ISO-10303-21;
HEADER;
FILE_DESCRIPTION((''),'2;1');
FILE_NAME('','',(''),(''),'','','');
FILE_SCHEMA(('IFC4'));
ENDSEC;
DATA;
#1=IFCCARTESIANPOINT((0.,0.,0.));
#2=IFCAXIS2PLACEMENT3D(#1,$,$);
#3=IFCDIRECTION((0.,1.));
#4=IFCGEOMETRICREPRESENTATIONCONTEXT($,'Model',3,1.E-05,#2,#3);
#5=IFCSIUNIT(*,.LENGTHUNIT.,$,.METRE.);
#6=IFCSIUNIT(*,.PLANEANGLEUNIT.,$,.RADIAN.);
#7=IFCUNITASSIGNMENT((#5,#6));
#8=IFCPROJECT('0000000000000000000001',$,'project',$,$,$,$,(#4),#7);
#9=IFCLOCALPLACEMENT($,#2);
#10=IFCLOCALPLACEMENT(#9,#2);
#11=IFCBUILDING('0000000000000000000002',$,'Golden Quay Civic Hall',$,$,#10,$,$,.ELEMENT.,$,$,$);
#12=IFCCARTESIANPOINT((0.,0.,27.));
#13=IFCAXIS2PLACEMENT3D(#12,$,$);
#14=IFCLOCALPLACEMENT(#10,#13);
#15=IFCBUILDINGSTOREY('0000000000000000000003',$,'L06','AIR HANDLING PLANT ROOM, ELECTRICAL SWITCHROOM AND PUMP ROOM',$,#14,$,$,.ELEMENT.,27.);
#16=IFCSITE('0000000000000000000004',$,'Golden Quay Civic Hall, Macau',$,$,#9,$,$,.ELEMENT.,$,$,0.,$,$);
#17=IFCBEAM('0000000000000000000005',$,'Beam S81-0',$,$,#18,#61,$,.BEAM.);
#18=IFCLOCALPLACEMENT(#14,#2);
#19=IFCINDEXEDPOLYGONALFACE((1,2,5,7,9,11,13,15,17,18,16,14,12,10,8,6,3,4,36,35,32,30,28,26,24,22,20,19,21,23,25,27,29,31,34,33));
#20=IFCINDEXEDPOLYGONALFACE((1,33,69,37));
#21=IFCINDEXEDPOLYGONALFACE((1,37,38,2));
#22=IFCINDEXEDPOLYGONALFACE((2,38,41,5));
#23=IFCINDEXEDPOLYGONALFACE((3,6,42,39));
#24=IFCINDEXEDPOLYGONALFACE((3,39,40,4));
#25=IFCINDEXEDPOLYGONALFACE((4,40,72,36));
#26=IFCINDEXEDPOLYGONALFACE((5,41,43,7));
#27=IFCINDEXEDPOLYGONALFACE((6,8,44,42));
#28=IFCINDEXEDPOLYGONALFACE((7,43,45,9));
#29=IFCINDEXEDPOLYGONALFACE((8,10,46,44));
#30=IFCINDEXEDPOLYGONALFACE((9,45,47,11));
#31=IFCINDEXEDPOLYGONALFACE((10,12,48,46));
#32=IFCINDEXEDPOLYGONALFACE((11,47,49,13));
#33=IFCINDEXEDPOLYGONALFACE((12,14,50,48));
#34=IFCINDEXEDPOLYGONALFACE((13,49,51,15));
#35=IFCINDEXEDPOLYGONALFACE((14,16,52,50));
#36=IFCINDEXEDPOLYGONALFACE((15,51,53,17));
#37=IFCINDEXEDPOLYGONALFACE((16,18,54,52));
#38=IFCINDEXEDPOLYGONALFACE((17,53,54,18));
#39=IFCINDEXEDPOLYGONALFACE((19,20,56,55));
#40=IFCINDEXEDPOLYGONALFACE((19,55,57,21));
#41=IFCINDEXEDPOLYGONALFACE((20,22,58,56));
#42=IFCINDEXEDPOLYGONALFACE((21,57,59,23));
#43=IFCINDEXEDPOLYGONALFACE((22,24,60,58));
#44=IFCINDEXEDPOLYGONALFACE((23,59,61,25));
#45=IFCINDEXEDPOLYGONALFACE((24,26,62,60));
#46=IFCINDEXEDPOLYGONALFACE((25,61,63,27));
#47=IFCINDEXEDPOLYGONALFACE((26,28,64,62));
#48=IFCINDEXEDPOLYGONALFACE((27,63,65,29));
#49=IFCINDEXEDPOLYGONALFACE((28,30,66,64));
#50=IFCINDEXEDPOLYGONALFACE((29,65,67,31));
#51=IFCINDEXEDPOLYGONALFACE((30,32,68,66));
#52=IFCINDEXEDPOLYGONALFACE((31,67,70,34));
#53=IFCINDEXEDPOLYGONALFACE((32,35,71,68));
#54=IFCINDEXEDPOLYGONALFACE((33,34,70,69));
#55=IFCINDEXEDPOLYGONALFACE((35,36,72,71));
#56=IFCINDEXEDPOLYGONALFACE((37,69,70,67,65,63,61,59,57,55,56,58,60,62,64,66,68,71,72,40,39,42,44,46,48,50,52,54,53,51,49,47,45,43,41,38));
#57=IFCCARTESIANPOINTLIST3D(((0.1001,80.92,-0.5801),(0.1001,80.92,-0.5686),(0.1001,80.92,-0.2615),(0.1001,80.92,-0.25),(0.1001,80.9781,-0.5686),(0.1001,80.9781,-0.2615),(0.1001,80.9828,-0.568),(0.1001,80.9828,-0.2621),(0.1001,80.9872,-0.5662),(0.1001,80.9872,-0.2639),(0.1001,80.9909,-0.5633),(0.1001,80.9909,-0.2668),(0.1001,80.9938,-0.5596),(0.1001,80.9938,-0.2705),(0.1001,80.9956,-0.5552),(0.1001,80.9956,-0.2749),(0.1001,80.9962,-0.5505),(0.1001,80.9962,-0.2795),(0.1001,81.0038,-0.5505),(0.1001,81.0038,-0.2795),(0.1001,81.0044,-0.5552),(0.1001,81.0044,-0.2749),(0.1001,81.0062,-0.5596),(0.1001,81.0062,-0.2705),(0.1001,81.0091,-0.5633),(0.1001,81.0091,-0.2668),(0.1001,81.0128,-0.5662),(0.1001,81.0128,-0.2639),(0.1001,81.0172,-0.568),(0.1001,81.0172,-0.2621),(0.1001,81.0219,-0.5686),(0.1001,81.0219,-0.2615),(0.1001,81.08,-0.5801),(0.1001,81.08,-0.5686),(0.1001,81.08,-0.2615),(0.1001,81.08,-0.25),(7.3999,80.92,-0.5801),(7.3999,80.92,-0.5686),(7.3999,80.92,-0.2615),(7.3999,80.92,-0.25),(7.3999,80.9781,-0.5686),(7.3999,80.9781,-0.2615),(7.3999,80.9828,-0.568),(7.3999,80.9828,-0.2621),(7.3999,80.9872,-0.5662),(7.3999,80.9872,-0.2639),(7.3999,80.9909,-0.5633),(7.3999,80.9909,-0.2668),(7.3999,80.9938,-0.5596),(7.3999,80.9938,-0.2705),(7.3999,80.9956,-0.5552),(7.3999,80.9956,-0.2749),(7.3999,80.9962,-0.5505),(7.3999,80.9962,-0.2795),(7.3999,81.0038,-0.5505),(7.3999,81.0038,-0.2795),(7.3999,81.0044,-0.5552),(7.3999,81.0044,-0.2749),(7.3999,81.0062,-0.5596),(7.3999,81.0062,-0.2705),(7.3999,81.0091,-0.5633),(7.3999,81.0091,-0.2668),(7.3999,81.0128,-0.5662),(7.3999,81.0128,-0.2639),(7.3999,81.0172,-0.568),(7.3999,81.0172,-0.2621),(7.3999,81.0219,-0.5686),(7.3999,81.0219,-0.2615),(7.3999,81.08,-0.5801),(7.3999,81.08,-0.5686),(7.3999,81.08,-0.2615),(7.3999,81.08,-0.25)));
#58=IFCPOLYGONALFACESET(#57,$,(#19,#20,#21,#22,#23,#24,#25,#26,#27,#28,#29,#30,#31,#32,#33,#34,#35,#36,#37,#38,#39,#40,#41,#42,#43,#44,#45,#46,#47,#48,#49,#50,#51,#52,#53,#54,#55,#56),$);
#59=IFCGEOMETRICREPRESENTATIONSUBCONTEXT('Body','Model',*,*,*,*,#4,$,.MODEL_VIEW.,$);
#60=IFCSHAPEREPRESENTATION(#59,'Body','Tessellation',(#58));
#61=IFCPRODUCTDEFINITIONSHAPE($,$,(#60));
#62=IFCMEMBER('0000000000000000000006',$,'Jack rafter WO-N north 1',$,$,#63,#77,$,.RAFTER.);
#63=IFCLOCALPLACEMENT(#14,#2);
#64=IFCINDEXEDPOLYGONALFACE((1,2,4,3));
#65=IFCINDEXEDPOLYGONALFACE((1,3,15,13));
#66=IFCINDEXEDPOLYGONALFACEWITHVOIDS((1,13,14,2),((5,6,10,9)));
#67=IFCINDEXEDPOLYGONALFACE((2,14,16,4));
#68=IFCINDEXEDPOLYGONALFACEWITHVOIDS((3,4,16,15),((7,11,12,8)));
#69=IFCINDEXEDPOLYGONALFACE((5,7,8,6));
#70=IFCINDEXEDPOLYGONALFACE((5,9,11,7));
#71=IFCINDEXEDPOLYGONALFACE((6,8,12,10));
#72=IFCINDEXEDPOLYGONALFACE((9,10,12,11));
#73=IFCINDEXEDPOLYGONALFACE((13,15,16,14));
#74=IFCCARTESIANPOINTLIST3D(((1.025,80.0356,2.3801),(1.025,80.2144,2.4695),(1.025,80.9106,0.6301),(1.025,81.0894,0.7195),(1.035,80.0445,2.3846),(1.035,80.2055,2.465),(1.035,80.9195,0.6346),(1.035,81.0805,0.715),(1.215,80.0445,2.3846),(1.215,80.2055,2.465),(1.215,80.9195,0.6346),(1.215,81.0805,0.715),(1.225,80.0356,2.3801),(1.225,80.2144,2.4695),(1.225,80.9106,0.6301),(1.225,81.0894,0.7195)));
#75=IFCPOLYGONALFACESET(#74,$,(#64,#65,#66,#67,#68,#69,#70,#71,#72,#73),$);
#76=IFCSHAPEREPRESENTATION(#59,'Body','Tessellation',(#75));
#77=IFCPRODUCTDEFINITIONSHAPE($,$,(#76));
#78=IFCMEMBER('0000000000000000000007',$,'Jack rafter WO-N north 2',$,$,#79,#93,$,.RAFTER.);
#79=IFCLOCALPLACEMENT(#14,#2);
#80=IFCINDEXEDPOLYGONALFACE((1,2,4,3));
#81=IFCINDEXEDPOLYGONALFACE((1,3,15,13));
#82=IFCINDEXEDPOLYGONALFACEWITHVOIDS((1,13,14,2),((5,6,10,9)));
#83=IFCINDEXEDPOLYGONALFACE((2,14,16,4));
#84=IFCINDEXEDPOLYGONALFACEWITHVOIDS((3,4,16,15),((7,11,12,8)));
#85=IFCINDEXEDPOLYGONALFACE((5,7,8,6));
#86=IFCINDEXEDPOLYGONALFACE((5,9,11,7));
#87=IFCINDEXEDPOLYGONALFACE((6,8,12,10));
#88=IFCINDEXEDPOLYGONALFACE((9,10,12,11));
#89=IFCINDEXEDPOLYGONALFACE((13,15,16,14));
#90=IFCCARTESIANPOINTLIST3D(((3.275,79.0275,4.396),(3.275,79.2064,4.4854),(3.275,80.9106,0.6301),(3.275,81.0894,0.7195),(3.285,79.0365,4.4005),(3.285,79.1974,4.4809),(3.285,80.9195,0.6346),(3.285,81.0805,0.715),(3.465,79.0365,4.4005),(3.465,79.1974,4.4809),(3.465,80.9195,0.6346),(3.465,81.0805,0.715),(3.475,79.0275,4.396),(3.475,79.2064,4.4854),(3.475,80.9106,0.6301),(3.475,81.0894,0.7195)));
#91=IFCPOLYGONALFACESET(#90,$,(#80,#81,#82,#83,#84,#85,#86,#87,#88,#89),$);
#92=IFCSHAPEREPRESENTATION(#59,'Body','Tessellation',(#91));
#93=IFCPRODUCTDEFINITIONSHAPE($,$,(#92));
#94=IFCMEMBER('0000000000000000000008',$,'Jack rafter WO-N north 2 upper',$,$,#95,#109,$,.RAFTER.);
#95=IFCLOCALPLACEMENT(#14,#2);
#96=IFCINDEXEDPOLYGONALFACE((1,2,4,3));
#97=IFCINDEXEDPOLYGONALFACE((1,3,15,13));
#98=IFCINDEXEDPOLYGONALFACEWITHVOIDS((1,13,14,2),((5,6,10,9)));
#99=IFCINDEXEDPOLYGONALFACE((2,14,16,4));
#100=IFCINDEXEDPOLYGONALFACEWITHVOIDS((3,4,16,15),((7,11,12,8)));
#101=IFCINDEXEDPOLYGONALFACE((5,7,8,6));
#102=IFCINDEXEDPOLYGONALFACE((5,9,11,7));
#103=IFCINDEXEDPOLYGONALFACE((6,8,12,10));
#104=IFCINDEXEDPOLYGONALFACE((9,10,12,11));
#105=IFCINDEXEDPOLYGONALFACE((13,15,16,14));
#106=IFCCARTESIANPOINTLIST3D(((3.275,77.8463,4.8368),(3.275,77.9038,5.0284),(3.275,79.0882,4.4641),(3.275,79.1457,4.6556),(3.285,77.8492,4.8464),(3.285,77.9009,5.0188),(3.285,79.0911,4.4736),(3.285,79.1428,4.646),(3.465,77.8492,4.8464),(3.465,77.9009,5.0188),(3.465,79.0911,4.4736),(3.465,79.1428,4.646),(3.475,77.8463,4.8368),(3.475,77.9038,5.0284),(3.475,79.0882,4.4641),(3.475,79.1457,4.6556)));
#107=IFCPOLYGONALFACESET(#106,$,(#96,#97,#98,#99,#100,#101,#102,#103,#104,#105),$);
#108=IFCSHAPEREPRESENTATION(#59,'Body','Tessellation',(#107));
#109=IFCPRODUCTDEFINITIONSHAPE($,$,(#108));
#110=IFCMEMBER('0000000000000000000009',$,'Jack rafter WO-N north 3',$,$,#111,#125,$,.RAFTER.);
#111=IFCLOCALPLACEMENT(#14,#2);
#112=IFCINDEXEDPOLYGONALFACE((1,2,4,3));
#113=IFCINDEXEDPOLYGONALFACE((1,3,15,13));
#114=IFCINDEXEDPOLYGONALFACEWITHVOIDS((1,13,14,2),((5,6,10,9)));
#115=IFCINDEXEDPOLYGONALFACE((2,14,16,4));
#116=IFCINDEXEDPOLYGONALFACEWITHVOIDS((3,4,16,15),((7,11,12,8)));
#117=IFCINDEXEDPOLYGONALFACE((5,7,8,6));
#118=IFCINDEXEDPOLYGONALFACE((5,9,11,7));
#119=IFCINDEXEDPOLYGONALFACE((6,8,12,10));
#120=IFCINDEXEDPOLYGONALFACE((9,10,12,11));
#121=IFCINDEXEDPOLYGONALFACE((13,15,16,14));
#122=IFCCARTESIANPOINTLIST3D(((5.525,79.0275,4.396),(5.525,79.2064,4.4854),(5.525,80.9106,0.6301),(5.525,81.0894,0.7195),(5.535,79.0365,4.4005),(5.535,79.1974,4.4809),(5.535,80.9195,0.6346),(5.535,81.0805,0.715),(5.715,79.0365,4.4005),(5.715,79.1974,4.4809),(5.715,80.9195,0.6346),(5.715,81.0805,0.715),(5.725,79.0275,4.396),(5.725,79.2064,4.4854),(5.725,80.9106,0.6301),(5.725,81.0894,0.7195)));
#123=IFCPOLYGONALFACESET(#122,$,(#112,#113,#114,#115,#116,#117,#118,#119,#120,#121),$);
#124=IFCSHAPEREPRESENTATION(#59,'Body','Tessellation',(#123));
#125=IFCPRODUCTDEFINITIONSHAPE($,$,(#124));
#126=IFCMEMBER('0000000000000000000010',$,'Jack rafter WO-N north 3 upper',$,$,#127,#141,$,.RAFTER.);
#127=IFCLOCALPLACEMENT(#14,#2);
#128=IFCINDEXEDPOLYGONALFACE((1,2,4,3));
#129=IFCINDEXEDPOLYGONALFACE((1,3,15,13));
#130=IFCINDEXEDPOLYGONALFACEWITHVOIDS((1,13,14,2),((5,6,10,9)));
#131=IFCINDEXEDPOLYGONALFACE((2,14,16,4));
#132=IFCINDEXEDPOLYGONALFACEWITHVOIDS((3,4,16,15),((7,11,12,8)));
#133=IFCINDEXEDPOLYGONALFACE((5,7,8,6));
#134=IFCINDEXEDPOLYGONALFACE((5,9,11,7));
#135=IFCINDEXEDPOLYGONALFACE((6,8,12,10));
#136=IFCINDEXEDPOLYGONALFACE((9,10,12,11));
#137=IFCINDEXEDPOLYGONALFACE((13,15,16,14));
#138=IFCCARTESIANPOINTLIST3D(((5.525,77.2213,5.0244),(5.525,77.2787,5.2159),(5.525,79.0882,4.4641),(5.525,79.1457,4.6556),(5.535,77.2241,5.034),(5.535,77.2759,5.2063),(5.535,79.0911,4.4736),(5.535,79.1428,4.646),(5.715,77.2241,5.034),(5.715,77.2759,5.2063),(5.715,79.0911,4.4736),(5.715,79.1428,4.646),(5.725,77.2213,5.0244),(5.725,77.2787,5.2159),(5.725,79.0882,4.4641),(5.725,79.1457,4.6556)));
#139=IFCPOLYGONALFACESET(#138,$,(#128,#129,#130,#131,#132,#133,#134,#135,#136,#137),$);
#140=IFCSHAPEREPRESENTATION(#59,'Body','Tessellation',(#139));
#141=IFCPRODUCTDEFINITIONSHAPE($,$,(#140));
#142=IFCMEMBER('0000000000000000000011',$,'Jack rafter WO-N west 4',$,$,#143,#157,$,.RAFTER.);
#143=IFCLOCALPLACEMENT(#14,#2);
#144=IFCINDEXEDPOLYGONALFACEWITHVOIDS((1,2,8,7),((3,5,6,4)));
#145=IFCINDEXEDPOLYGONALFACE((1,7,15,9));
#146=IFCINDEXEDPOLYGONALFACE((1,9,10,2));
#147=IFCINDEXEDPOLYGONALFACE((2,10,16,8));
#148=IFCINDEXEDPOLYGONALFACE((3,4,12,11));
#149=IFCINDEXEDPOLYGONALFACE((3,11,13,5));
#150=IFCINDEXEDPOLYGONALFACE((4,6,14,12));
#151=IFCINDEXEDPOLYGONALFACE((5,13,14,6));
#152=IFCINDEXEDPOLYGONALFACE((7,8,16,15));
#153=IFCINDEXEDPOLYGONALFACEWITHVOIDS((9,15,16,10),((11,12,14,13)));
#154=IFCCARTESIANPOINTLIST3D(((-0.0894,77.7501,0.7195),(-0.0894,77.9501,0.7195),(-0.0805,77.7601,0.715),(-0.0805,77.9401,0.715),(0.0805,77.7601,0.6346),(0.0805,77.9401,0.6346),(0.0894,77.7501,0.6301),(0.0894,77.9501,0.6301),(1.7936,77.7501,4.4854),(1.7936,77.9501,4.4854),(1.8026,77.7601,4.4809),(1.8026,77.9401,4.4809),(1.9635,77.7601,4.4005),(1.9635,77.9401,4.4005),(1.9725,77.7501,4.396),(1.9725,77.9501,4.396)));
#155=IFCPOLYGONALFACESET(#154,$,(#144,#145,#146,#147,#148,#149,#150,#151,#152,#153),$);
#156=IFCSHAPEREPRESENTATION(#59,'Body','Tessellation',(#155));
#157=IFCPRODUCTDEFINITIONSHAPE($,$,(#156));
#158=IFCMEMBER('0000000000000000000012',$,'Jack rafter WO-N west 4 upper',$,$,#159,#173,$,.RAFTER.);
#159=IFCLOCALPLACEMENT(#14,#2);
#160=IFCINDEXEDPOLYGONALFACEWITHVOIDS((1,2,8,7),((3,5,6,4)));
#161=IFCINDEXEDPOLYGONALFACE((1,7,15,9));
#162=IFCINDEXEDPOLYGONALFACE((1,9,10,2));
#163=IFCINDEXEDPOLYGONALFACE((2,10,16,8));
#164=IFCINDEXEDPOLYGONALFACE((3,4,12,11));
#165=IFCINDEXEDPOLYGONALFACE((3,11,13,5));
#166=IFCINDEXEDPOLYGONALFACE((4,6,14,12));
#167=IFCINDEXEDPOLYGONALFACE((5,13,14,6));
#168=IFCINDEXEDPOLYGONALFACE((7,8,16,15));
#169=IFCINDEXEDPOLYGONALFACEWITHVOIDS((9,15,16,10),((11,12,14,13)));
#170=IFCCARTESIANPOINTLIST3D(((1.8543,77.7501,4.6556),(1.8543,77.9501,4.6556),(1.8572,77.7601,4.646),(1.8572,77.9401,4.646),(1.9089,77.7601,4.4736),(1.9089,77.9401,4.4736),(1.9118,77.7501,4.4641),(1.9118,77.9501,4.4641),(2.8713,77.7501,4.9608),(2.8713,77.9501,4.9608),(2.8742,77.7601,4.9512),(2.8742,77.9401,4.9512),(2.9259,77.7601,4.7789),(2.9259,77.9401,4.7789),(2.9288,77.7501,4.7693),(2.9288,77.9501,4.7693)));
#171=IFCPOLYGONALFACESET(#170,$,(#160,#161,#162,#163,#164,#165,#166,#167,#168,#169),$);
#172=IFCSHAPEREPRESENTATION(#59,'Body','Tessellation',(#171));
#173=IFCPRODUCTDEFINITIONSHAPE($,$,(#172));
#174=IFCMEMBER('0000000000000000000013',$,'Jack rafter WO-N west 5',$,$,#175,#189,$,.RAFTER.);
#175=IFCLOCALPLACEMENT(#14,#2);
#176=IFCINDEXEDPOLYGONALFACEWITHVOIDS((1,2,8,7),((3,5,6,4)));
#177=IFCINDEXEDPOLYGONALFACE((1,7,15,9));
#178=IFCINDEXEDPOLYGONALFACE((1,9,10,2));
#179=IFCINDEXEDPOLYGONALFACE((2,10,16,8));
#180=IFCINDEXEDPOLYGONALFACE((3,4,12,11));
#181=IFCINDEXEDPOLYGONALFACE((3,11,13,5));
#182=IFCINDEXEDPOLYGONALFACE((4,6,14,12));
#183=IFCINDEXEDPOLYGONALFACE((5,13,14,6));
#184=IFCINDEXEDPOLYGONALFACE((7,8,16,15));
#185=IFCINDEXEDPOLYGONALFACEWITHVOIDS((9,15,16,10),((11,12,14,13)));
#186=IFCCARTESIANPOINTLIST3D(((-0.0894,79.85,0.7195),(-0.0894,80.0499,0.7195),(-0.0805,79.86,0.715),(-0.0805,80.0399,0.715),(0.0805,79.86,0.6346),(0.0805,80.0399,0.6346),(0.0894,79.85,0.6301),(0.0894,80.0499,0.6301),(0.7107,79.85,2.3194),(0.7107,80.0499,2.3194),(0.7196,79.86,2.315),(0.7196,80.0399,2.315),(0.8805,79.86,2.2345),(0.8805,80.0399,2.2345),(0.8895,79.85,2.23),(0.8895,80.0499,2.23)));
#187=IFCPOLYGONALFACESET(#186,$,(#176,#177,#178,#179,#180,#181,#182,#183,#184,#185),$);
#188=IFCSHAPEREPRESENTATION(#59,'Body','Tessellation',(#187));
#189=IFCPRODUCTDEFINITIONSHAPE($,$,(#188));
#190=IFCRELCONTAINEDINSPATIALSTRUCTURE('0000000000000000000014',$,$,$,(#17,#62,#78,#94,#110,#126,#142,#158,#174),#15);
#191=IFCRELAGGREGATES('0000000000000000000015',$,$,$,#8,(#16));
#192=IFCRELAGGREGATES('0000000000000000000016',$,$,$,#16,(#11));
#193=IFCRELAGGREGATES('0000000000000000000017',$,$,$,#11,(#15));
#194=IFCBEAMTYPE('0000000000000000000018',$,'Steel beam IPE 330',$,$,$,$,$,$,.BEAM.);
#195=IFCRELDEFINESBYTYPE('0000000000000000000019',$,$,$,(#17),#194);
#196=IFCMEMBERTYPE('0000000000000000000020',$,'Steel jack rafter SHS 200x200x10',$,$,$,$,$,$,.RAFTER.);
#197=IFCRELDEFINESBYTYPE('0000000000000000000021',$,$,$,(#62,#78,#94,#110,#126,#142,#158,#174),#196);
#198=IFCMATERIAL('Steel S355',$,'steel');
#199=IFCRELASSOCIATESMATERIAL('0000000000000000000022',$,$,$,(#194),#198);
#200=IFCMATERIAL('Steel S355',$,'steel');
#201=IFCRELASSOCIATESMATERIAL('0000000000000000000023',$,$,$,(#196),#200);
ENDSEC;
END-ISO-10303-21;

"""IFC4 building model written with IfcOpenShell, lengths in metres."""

from ifc_helpers import new_model, si_unit, direction, frame, origin, origin_2d, place, context, subcontext, project, spatial, hollow_rectangle, i_section, extrude, material, material_profile, profile_set, type_object, element, save


model = new_model("IFC4")

# Units and contexts
model_context = context("Model", 3, precision=1e-05, world=origin(), true_north=direction((0.0, 1.0)))
body_context = subcontext(model_context, "Body", "Model", "MODEL_VIEW")
ifc_project = project(units=[si_unit("LENGTHUNIT", "METRE"), si_unit("PLANEANGLEUNIT", "RADIAN")], contexts=[model_context])

# Site, building, storey
site_placement = place(None, origin())
site = spatial("IfcSite", under=ifc_project, at=site_placement, Name="Golden Quay Civic Hall, Macau", CompositionType="ELEMENT", RefElevation=0.0)
building_placement = place(site_placement, origin())
building = spatial("IfcBuilding", under=site, at=building_placement, Name="Golden Quay Civic Hall", CompositionType="ELEMENT")
storey_placement = place(building_placement, frame((0.0, 0.0, 27.0)))
storey = spatial("IfcBuildingStorey", under=building, at=storey_placement, Name="L06", Description="AIR HANDLING PLANT ROOM, ELECTRICAL SWITCHROOM AND PUMP ROOM", CompositionType="ELEMENT", Elevation=27.0)

# Beam
ifc_material_1 = material(Name="Steel S355", Category="steel")
ifc_material_profile_1 = material_profile(ifc_material_1, i_section(OverallWidth=0.1599, OverallDepth=0.3301, WebThickness=0.0076, FlangeThickness=0.0115, FilletRadius=0.0181, at=origin_2d()), Name="IPE 330")
ifc_profile_set_1 = profile_set([ifc_material_profile_1], Name="Steel S355")
beam_type_1 = type_object("IfcBeamType", Name="Steel beam IPE 330", PredefinedType="BEAM", material=ifc_profile_set_1)
beam_1_placement = place(storey_placement, frame((0.1001, 81.0, -0.415), z_axis=(1.0, 0.0, 0.0), x_axis=(0.0, 1.0, 0.0)))
element("IfcBeam", 1, at=beam_1_placement, inside=storey, type_object=beam_type_1, Name="Beam S81-0", PredefinedType="BEAM", context=body_context, shape_type="SweptSolid", body=[
    extrude(i_section(OverallWidth=0.1599, OverallDepth=0.3301, WebThickness=0.0076, FlangeThickness=0.0115, FilletRadius=0.0181, at=origin_2d()), origin(), (0.0, 0.0, 1.0), 7.2998),
])

# Members
ifc_material_2 = material(Name="Steel S355", Category="steel")
ifc_material_profile_2 = material_profile(ifc_material_2, hollow_rectangle(XDim=0.2, YDim=0.2, WallThickness=0.01, at=origin_2d()), Name="SHS 200x200x10")
ifc_profile_set_2 = profile_set([ifc_material_profile_2], Name="Steel S355")
member_type_1 = type_object("IfcMemberType", Name="Steel jack rafter SHS 200x200x10", PredefinedType="RAFTER", material=ifc_profile_set_2)
member_1_placement = place(storey_placement, frame((1.125, 81.0, 0.6748), z_axis=(0.0, -0.447214, 0.894427), x_axis=(1.0, 0.0, 0.0)))
element("IfcMember", 2, at=member_1_placement, inside=storey, type_object=member_type_1, Name="Jack rafter WO-N north 1", PredefinedType="RAFTER", context=body_context, shape_type="SweptSolid", body=[
    extrude(hollow_rectangle(XDim=0.2, YDim=0.2, WallThickness=0.01, at=origin_2d()), origin(), (0.0, 0.0, 1.0), 1.9565),
])
member_2_placement = place(storey_placement, frame((3.375, 81.0, 0.6748), z_axis=(0.0, -0.447237, 0.894416), x_axis=(1.0, 0.0, 0.0)))
element("IfcMember", 3, at=member_2_placement, inside=storey, type_object=member_type_1, Name="Jack rafter WO-N north 2", PredefinedType="RAFTER", context=body_context, shape_type="SweptSolid", body=[
    extrude(hollow_rectangle(XDim=0.2, YDim=0.2, WallThickness=0.01, at=origin_2d()), origin(), (0.0, 0.0, 1.0), 4.2104),
])
member_3_placement = place(storey_placement, frame((3.375, 79.1169, 4.5598), z_axis=(0.0, -0.95778, 0.287503), x_axis=(1.0, 0.0, 0.0)))
element("IfcMember", 4, at=member_3_placement, inside=storey, type_object=member_type_1, Name="Jack rafter WO-N north 2 upper", PredefinedType="RAFTER", context=body_context, shape_type="SweptSolid", body=[
    extrude(hollow_rectangle(XDim=0.2, YDim=0.2, WallThickness=0.01, at=origin_2d()), origin(), (0.0, 0.0, 1.0), 1.2966),
])
member_4_placement = place(storey_placement, frame((5.625, 81.0, 0.6748), z_axis=(0.0, -0.447237, 0.894416), x_axis=(1.0, 0.0, 0.0)))
element("IfcMember", 5, at=member_4_placement, inside=storey, type_object=member_type_1, Name="Jack rafter WO-N north 3", PredefinedType="RAFTER", context=body_context, shape_type="SweptSolid", body=[
    extrude(hollow_rectangle(XDim=0.2, YDim=0.2, WallThickness=0.01, at=origin_2d()), origin(), (0.0, 0.0, 1.0), 4.2104),
])
member_5_placement = place(storey_placement, frame((5.625, 79.1169, 4.5598), z_axis=(0.0, -0.957795, 0.287451), x_axis=(1.0, 0.0, 0.0)))
element("IfcMember", 6, at=member_5_placement, inside=storey, type_object=member_type_1, Name="Jack rafter WO-N north 3 upper", PredefinedType="RAFTER", context=body_context, shape_type="SweptSolid", body=[
    extrude(hollow_rectangle(XDim=0.2, YDim=0.2, WallThickness=0.01, at=origin_2d()), origin(), (0.0, 0.0, 1.0), 1.9492),
])
member_6_placement = place(storey_placement, frame((0.0, 77.8501, 0.6748), z_axis=(0.447237, 0.0, 0.894416), x_axis=(0.0, 1.0, 0.0)))
element("IfcMember", 7, at=member_6_placement, inside=storey, type_object=member_type_1, Name="Jack rafter WO-N west 4", PredefinedType="RAFTER", context=body_context, shape_type="SweptSolid", body=[
    extrude(hollow_rectangle(XDim=0.2, YDim=0.2, WallThickness=0.01, at=origin_2d()), origin(), (0.0, 0.0, 1.0), 4.2104),
])
member_7_placement = place(storey_placement, frame((1.8831, 77.8501, 4.5598), z_axis=(0.957795, 0.0, 0.287453), x_axis=(0.0, 1.0, 0.0)))
element("IfcMember", 8, at=member_7_placement, inside=storey, type_object=member_type_1, Name="Jack rafter WO-N west 4 upper", PredefinedType="RAFTER", context=body_context, shape_type="SweptSolid", body=[
    extrude(hollow_rectangle(XDim=0.2, YDim=0.2, WallThickness=0.01, at=origin_2d()), origin(), (0.0, 0.0, 1.0), 1.0618),
])
member_8_placement = place(storey_placement, frame((0.0, 79.95, 0.6748), z_axis=(0.447268, 0.0, 0.8944), x_axis=(0.0, 1.0, 0.0)))
element("IfcMember", 9, at=member_8_placement, inside=storey, type_object=member_type_1, Name="Jack rafter WO-N west 5", PredefinedType="RAFTER", context=body_context, shape_type="SweptSolid", body=[
    extrude(hollow_rectangle(XDim=0.2, YDim=0.2, WallThickness=0.01, at=origin_2d()), origin(), (0.0, 0.0, 1.0), 1.7888),
])

save(model, "model.ifc")
